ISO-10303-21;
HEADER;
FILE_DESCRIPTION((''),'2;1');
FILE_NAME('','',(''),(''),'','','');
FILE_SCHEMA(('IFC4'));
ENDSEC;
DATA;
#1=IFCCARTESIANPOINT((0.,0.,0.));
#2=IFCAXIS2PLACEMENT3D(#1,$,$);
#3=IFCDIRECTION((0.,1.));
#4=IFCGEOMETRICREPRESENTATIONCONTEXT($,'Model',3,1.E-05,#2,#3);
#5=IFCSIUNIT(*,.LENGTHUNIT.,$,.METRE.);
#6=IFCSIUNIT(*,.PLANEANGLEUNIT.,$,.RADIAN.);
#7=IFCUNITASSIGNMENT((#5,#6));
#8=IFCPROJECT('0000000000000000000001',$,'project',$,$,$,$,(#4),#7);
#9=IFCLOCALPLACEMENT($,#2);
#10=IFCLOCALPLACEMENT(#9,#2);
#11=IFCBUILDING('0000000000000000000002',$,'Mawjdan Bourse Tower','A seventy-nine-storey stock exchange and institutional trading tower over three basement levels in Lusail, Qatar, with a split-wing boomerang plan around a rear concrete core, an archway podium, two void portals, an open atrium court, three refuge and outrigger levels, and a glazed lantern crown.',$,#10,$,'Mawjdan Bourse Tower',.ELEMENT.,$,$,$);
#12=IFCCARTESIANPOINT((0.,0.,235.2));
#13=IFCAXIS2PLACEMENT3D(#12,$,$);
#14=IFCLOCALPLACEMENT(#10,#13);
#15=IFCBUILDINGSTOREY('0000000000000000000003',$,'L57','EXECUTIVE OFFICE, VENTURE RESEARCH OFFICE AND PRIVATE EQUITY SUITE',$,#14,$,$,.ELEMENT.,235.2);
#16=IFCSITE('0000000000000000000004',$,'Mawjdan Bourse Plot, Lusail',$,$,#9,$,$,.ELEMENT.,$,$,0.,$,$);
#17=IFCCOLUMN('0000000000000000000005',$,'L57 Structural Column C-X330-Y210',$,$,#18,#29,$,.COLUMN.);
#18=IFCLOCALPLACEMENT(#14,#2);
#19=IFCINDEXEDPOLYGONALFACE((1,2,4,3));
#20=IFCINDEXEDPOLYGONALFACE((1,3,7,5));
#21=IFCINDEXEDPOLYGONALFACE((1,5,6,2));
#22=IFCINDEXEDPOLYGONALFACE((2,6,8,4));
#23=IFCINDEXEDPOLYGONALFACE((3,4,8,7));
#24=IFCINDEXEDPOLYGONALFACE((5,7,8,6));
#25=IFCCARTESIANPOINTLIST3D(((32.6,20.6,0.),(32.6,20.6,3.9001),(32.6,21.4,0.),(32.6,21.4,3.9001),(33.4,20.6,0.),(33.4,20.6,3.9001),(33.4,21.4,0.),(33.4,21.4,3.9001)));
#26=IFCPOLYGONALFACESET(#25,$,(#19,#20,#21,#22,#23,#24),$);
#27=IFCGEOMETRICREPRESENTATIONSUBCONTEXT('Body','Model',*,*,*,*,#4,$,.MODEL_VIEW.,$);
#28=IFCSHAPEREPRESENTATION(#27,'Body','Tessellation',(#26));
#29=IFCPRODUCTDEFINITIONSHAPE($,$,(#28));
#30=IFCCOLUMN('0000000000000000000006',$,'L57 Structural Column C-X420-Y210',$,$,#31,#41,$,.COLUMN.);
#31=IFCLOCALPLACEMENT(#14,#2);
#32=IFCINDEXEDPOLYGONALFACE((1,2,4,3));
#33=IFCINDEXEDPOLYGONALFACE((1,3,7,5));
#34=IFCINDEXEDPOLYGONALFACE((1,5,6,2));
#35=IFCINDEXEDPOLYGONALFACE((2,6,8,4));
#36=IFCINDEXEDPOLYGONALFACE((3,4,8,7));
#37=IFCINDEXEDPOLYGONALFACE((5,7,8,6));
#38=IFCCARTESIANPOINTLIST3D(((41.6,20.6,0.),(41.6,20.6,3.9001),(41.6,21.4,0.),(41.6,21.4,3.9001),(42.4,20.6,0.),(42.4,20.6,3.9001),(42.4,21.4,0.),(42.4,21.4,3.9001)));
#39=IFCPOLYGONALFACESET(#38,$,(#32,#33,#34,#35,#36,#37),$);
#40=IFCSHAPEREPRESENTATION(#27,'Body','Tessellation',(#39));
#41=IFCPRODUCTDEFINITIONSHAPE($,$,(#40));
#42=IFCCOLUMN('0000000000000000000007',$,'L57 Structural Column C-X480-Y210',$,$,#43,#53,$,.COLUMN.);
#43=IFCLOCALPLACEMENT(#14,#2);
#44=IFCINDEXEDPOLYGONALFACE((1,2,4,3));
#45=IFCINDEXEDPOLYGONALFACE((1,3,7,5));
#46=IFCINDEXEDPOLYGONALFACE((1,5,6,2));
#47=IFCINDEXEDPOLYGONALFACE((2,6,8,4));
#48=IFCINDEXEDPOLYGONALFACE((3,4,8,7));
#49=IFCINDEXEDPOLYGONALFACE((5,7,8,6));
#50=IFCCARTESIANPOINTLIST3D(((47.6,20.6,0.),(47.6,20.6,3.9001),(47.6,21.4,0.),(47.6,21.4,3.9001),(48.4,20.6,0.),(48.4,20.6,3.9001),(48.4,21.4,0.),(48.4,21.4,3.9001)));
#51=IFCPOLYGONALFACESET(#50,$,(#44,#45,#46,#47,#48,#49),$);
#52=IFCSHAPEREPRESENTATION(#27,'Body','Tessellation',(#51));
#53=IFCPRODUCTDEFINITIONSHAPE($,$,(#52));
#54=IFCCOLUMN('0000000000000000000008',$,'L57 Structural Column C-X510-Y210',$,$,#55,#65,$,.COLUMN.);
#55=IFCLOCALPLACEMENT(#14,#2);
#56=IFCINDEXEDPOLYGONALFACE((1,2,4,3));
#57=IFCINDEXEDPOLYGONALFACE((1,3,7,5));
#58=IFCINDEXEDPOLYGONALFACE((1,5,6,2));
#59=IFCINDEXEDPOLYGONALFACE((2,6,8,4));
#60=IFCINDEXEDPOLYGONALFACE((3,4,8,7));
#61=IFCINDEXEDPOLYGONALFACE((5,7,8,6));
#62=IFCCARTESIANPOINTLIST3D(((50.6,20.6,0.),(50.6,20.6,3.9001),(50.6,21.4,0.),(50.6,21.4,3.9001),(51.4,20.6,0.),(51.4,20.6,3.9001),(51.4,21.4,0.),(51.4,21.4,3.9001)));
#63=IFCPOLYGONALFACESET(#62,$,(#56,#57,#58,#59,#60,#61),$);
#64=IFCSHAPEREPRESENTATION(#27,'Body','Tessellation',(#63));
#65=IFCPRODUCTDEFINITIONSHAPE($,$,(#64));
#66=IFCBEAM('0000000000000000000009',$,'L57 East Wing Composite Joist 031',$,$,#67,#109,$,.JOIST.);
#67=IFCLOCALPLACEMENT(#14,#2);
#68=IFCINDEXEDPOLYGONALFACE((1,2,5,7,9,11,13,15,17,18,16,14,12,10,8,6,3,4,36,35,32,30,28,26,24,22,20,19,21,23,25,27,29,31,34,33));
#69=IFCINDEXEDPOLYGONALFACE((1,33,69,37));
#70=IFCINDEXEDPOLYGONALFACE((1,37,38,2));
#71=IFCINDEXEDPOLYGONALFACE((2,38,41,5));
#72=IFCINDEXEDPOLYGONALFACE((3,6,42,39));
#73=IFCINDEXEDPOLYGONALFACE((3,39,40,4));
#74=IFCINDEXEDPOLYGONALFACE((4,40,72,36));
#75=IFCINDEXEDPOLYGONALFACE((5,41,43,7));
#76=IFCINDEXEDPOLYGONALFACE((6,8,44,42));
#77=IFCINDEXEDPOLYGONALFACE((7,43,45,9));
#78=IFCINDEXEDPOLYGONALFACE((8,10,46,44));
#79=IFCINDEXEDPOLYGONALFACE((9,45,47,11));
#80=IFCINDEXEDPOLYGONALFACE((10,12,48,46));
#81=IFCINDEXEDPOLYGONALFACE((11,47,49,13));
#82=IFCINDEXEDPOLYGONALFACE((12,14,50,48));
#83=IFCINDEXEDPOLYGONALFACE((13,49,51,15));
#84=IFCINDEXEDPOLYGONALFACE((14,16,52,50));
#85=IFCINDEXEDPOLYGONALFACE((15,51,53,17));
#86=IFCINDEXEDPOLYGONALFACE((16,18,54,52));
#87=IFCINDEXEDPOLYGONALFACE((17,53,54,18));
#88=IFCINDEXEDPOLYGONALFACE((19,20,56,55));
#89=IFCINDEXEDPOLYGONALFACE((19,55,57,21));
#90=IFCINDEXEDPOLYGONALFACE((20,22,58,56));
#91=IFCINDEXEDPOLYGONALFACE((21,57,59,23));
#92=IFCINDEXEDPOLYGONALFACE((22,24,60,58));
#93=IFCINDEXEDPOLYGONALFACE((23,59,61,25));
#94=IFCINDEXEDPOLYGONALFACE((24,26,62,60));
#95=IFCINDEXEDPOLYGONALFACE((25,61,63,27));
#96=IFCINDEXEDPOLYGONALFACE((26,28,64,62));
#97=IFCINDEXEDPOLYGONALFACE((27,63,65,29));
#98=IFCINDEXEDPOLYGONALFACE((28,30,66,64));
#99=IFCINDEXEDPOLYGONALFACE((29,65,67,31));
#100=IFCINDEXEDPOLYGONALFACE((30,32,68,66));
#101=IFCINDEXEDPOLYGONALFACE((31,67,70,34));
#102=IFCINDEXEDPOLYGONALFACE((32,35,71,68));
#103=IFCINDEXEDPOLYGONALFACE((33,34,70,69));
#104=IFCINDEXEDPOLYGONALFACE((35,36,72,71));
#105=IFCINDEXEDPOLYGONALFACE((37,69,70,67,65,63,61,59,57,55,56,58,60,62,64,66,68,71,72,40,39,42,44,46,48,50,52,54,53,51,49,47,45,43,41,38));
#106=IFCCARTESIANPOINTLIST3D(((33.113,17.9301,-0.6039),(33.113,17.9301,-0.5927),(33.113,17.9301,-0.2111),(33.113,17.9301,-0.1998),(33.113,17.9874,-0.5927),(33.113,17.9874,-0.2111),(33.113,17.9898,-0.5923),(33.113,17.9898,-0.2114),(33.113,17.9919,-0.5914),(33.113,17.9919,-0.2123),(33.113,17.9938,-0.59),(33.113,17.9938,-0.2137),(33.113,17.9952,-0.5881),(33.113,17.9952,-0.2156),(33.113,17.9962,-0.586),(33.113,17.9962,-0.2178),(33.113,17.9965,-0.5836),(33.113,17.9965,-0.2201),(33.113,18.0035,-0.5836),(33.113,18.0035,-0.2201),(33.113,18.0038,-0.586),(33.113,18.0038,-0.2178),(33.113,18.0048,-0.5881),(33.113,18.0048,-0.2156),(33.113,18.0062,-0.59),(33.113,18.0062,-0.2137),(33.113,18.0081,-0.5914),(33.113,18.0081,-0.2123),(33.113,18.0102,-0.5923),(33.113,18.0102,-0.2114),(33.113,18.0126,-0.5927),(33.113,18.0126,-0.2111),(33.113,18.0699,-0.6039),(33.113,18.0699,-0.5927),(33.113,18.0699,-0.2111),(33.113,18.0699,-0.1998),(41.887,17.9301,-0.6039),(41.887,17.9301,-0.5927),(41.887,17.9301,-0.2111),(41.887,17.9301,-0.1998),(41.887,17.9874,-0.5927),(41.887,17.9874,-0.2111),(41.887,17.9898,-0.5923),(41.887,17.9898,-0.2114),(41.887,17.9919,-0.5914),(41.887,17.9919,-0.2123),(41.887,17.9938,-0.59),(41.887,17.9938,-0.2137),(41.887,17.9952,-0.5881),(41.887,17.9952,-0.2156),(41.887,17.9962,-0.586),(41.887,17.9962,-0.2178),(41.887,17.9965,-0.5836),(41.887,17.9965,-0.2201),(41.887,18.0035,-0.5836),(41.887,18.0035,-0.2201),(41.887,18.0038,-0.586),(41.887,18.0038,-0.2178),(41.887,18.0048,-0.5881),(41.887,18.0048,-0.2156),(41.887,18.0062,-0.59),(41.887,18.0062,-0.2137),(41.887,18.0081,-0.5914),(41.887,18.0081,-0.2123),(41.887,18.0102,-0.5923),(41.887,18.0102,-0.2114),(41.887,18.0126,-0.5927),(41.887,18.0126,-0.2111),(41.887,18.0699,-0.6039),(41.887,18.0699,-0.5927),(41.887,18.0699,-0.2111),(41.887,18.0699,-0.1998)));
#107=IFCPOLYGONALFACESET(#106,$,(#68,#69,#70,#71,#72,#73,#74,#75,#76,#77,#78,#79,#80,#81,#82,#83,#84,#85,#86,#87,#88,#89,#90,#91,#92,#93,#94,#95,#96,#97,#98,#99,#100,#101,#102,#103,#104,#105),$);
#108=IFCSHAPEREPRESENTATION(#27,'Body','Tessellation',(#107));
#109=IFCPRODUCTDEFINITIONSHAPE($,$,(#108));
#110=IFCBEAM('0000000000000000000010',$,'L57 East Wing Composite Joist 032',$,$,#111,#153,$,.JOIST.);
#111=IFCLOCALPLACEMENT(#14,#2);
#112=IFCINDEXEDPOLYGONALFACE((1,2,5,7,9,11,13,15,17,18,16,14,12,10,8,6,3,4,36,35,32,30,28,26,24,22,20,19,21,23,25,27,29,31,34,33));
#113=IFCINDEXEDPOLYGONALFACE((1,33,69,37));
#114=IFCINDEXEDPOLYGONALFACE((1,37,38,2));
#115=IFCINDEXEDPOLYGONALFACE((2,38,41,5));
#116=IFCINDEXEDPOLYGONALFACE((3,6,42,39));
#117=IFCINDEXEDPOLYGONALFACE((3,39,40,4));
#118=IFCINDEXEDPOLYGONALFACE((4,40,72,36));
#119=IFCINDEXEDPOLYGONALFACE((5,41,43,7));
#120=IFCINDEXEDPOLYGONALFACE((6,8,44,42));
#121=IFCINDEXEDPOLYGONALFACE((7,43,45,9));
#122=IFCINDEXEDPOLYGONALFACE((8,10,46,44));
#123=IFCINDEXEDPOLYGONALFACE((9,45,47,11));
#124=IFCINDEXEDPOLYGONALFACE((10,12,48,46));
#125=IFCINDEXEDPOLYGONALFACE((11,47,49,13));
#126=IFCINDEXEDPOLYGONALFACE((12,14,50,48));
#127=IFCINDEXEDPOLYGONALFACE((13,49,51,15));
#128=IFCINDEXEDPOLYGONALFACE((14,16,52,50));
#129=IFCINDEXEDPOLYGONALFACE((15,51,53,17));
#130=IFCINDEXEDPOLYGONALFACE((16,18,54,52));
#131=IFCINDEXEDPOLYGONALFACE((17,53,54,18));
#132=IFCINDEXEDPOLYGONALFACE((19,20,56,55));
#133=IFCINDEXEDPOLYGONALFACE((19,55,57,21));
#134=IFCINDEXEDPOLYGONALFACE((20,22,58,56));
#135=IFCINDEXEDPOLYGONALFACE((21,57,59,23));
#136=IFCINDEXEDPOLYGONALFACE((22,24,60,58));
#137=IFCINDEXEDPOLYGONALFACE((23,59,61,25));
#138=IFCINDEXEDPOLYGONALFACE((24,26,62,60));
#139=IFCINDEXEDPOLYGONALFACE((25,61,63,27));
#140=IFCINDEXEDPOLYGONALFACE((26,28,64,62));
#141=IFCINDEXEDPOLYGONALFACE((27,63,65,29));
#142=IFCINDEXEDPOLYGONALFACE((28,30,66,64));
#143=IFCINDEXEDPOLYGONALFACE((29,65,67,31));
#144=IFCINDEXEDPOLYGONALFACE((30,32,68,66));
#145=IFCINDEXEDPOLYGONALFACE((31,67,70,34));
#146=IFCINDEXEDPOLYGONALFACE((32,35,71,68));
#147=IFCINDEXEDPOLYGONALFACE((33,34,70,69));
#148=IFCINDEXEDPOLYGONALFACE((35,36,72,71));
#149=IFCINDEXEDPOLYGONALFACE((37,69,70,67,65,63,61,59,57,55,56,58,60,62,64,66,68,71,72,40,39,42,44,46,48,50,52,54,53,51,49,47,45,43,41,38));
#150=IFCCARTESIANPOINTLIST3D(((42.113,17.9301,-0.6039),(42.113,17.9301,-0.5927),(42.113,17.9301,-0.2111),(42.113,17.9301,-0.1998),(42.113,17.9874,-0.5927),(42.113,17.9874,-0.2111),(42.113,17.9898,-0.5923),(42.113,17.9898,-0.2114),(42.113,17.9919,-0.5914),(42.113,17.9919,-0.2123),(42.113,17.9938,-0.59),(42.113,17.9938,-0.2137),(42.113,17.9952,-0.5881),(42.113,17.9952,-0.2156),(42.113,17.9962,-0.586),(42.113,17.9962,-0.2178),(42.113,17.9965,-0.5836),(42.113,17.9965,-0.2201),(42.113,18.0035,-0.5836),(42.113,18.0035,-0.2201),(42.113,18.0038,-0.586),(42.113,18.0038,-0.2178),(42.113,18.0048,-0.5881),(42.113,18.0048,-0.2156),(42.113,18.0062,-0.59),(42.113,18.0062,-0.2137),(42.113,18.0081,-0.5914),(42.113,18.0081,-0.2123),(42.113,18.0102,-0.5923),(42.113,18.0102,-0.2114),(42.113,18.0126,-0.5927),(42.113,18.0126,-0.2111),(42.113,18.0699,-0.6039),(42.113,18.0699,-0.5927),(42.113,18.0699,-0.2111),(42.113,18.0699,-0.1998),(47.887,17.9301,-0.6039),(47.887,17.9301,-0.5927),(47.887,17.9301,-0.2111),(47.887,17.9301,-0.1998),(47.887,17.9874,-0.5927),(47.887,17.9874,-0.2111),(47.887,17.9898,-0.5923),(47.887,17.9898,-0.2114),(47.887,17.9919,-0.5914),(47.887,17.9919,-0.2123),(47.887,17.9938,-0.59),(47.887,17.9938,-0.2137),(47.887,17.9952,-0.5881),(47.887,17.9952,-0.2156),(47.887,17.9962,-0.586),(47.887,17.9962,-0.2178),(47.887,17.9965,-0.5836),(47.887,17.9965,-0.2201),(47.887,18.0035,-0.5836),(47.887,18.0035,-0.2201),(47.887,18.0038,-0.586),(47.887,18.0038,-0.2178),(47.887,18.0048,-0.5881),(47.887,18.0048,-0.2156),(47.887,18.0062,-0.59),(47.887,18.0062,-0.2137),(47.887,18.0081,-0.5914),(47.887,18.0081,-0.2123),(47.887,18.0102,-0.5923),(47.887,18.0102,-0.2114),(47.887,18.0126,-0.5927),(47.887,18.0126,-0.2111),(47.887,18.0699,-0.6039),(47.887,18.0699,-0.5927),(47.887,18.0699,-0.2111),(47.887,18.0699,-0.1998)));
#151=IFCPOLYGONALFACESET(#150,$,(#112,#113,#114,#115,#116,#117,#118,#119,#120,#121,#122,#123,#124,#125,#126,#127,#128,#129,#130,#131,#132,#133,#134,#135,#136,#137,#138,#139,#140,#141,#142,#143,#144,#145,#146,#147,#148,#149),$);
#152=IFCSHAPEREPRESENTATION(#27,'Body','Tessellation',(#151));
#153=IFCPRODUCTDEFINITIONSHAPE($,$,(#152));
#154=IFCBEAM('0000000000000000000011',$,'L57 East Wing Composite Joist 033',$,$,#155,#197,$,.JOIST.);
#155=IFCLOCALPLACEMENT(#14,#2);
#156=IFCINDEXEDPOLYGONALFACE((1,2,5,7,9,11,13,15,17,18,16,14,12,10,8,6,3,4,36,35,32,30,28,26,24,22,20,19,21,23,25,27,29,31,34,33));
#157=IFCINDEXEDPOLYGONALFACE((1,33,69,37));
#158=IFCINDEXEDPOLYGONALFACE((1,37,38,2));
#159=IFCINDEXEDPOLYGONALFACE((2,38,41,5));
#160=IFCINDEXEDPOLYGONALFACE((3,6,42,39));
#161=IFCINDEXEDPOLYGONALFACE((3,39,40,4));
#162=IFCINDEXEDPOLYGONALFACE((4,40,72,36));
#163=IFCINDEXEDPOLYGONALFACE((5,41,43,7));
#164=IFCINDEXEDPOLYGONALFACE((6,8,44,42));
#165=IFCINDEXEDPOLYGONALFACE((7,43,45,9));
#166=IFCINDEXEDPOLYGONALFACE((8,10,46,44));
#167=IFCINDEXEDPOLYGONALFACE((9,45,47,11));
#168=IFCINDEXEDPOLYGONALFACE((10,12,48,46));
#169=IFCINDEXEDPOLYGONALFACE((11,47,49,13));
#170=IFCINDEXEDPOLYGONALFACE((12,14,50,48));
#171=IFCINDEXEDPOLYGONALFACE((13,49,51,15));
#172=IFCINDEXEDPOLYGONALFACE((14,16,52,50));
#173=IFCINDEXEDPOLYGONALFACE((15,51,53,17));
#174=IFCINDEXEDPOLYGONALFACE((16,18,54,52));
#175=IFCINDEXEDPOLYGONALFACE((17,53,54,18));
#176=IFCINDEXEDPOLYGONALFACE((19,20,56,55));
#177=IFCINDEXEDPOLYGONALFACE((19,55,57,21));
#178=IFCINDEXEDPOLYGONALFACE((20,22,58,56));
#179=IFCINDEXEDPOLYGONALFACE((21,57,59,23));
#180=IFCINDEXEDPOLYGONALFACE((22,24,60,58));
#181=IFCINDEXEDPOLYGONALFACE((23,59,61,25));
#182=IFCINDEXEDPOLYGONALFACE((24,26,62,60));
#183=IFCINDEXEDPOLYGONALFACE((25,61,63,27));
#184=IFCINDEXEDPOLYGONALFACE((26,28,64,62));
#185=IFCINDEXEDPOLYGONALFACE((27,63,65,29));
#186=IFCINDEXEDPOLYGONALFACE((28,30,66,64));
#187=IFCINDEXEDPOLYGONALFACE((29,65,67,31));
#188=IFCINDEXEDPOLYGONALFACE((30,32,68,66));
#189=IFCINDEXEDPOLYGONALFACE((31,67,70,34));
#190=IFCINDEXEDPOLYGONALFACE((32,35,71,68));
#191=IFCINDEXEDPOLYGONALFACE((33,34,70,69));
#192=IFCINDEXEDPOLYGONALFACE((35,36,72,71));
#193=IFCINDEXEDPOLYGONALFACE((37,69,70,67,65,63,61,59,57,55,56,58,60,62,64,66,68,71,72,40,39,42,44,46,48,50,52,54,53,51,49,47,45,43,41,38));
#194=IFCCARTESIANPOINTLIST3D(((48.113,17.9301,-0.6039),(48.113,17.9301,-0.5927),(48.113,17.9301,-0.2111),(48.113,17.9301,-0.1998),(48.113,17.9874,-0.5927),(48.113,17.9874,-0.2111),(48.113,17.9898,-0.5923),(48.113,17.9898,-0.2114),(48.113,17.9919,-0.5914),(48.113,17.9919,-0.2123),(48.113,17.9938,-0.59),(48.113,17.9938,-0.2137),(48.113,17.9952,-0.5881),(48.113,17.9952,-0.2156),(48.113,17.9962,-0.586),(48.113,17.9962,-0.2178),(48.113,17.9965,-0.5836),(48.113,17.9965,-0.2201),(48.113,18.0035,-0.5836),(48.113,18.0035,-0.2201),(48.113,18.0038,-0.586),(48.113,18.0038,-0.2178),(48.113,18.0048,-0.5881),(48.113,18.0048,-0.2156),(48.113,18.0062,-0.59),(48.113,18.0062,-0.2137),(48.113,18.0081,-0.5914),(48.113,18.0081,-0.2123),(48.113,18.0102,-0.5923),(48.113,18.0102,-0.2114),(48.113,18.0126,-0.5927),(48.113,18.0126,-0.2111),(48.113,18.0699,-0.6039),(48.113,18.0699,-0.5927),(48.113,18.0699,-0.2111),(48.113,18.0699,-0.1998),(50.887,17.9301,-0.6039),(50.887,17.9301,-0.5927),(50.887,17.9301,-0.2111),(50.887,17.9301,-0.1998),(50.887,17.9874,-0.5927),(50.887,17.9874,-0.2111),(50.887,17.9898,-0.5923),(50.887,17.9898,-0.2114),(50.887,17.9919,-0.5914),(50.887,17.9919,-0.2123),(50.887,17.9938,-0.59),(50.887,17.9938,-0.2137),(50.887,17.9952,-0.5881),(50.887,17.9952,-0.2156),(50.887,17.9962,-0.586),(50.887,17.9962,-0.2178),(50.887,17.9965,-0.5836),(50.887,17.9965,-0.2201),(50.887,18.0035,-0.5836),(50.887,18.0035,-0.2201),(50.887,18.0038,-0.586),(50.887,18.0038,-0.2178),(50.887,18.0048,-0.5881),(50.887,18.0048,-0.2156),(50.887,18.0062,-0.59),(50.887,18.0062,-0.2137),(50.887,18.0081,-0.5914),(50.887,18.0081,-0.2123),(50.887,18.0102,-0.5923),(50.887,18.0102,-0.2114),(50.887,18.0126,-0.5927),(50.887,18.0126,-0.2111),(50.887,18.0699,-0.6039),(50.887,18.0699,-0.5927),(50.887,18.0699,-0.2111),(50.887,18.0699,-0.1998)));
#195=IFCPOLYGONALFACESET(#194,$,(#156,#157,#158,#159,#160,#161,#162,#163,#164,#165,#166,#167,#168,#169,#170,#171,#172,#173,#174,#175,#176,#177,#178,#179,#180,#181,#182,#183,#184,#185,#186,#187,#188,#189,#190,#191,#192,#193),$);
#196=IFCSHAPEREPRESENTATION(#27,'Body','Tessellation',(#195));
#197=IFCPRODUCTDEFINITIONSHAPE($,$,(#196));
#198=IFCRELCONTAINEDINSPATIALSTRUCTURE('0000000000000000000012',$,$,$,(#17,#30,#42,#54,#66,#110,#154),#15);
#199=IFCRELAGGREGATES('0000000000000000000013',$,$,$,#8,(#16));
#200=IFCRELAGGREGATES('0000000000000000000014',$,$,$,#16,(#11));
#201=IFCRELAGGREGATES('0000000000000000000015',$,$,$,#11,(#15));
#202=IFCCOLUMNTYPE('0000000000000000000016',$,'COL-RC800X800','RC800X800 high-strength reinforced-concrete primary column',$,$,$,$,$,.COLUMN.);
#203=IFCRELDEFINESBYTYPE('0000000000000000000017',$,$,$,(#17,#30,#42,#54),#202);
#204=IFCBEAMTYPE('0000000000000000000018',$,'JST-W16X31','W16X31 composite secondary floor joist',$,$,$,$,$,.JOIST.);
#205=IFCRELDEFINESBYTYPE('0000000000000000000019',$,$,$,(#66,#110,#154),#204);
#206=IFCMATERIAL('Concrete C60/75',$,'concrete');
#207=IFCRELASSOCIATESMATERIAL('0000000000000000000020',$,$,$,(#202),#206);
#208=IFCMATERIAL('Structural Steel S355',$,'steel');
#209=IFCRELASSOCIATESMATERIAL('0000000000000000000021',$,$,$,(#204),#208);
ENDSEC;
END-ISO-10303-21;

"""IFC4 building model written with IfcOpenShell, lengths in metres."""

from ifc_helpers import new_model, si_unit, direction, frame, origin, origin_2d, place, context, subcontext, project, spatial, rectangle, i_section, extrude, material, material_profile, profile_set, type_object, element, save


model = new_model("IFC4")

# Units and contexts
model_context = context("Model", 3, precision=1e-05, world=origin(), true_north=direction((0.0, 1.0)))
body_context = subcontext(model_context, "Body", "Model", "MODEL_VIEW")
ifc_project = project(units=[si_unit("LENGTHUNIT", "METRE"), si_unit("PLANEANGLEUNIT", "RADIAN")], contexts=[model_context])

# Site, building, storey
site_placement = place(None, origin())
site = spatial("IfcSite", under=ifc_project, at=site_placement, Name="Mawjdan Bourse Plot, Lusail", CompositionType="ELEMENT", RefElevation=0.0)
building_placement = place(site_placement, origin())
building = spatial("IfcBuilding", under=site, at=building_placement, Name="Mawjdan Bourse Tower", Description="A seventy-nine-storey stock exchange and institutional trading tower over three basement levels in Lusail, Qatar, with a split-wing boomerang plan around a rear concrete core, an archway podium, two void portals, an open atrium court, three refuge and outrigger levels, and a glazed lantern crown.", LongName="Mawjdan Bourse Tower", CompositionType="ELEMENT")
storey_placement = place(building_placement, frame((0.0, 0.0, 235.2)))
storey = spatial("IfcBuildingStorey", under=building, at=storey_placement, Name="L57", Description="EXECUTIVE OFFICE, VENTURE RESEARCH OFFICE AND PRIVATE EQUITY SUITE", CompositionType="ELEMENT", Elevation=235.2)

# Columns
ifc_material_1 = material(Name="Concrete C60/75", Category="concrete")
ifc_material_profile_1 = material_profile(ifc_material_1, rectangle(XDim=0.8, YDim=0.8, at=origin_2d()), Name="RC800X800")
ifc_profile_set_1 = profile_set([ifc_material_profile_1], Name="Concrete C60/75")
column_type = type_object("IfcColumnType", Name="COL-RC800X800", Description="RC800X800 high-strength reinforced-concrete primary column", PredefinedType="COLUMN", material=ifc_profile_set_1)
for number, where, z_axis, x_axis, name in (
    (1, (33.0, 21.0, 0.0), (0.0, 0.0, 1.0), (1.0, 0.0, 0.0), "L57 Structural Column C-X330-Y210"),
    (2, (42.0, 21.0, 0.0), (0.0, 0.0, 1.0), (1.0, 0.0, 0.0), "L57 Structural Column C-X420-Y210"),
    (3, (48.0, 21.0, 0.0), (0.0, 0.0, 1.0), (1.0, 0.0, 0.0), "L57 Structural Column C-X480-Y210"),
    (4, (51.0, 21.0, 0.0), (0.0, 0.0, 1.0), (1.0, 0.0, 0.0), "L57 Structural Column C-X510-Y210"),
):
    element("IfcColumn", number, at=place(storey_placement, frame(where, z_axis=z_axis, x_axis=x_axis)), inside=storey, type_object=column_type, Name=name, PredefinedType="COLUMN", context=body_context, shape_type="SweptSolid", body=[
        extrude(rectangle(XDim=0.8, YDim=0.8, at=origin_2d()), origin(), (0.0, 0.0, 1.0), 3.9001),
    ])

# Beams
ifc_material_2 = material(Name="Structural Steel S355", Category="steel")
ifc_material_profile_2 = material_profile(ifc_material_2, i_section(OverallWidth=0.1399, OverallDepth=0.4041, WebThickness=0.0071, FlangeThickness=0.0112, FilletRadius=0.009, at=origin_2d()), Name="W16X31")
ifc_profile_set_2 = profile_set([ifc_material_profile_2], Name="Structural Steel S355")
beam_type_1 = type_object("IfcBeamType", Name="JST-W16X31", Description="W16X31 composite secondary floor joist", PredefinedType="JOIST", material=ifc_profile_set_2)
beam_1_placement = place(storey_placement, frame((33.113, 18.0, -0.4019), z_axis=(1.0, 0.0, 0.0), x_axis=(0.0, 1.0, 0.0)))
element("IfcBeam", 5, at=beam_1_placement, inside=storey, type_object=beam_type_1, Name="L57 East Wing Composite Joist 031", PredefinedType="JOIST", context=body_context, shape_type="SweptSolid", body=[
    extrude(i_section(OverallWidth=0.1399, OverallDepth=0.4041, WebThickness=0.0071, FlangeThickness=0.0112, FilletRadius=0.009, at=origin_2d()), origin(), (0.0, 0.0, 1.0), 8.7739),
])
beam_2_placement = place(storey_placement, frame((42.113, 18.0, -0.4019), z_axis=(1.0, 0.0, 0.0), x_axis=(0.0, 1.0, 0.0)))
element("IfcBeam", 6, at=beam_2_placement, inside=storey, type_object=beam_type_1, Name="L57 East Wing Composite Joist 032", PredefinedType="JOIST", context=body_context, shape_type="SweptSolid", body=[
    extrude(i_section(OverallWidth=0.1399, OverallDepth=0.4041, WebThickness=0.0071, FlangeThickness=0.0112, FilletRadius=0.009, at=origin_2d()), origin(), (0.0, 0.0, 1.0), 5.7739),
])
beam_3_placement = place(storey_placement, frame((48.113, 18.0, -0.4019), z_axis=(1.0, 0.0, 0.0), x_axis=(0.0, 1.0, 0.0)))
element("IfcBeam", 7, at=beam_3_placement, inside=storey, type_object=beam_type_1, Name="L57 East Wing Composite Joist 033", PredefinedType="JOIST", context=body_context, shape_type="SweptSolid", body=[
    extrude(i_section(OverallWidth=0.1399, OverallDepth=0.4041, WebThickness=0.0071, FlangeThickness=0.0112, FilletRadius=0.009, at=origin_2d()), origin(), (0.0, 0.0, 1.0), 2.7739),
])

save(model, "model.ifc")
